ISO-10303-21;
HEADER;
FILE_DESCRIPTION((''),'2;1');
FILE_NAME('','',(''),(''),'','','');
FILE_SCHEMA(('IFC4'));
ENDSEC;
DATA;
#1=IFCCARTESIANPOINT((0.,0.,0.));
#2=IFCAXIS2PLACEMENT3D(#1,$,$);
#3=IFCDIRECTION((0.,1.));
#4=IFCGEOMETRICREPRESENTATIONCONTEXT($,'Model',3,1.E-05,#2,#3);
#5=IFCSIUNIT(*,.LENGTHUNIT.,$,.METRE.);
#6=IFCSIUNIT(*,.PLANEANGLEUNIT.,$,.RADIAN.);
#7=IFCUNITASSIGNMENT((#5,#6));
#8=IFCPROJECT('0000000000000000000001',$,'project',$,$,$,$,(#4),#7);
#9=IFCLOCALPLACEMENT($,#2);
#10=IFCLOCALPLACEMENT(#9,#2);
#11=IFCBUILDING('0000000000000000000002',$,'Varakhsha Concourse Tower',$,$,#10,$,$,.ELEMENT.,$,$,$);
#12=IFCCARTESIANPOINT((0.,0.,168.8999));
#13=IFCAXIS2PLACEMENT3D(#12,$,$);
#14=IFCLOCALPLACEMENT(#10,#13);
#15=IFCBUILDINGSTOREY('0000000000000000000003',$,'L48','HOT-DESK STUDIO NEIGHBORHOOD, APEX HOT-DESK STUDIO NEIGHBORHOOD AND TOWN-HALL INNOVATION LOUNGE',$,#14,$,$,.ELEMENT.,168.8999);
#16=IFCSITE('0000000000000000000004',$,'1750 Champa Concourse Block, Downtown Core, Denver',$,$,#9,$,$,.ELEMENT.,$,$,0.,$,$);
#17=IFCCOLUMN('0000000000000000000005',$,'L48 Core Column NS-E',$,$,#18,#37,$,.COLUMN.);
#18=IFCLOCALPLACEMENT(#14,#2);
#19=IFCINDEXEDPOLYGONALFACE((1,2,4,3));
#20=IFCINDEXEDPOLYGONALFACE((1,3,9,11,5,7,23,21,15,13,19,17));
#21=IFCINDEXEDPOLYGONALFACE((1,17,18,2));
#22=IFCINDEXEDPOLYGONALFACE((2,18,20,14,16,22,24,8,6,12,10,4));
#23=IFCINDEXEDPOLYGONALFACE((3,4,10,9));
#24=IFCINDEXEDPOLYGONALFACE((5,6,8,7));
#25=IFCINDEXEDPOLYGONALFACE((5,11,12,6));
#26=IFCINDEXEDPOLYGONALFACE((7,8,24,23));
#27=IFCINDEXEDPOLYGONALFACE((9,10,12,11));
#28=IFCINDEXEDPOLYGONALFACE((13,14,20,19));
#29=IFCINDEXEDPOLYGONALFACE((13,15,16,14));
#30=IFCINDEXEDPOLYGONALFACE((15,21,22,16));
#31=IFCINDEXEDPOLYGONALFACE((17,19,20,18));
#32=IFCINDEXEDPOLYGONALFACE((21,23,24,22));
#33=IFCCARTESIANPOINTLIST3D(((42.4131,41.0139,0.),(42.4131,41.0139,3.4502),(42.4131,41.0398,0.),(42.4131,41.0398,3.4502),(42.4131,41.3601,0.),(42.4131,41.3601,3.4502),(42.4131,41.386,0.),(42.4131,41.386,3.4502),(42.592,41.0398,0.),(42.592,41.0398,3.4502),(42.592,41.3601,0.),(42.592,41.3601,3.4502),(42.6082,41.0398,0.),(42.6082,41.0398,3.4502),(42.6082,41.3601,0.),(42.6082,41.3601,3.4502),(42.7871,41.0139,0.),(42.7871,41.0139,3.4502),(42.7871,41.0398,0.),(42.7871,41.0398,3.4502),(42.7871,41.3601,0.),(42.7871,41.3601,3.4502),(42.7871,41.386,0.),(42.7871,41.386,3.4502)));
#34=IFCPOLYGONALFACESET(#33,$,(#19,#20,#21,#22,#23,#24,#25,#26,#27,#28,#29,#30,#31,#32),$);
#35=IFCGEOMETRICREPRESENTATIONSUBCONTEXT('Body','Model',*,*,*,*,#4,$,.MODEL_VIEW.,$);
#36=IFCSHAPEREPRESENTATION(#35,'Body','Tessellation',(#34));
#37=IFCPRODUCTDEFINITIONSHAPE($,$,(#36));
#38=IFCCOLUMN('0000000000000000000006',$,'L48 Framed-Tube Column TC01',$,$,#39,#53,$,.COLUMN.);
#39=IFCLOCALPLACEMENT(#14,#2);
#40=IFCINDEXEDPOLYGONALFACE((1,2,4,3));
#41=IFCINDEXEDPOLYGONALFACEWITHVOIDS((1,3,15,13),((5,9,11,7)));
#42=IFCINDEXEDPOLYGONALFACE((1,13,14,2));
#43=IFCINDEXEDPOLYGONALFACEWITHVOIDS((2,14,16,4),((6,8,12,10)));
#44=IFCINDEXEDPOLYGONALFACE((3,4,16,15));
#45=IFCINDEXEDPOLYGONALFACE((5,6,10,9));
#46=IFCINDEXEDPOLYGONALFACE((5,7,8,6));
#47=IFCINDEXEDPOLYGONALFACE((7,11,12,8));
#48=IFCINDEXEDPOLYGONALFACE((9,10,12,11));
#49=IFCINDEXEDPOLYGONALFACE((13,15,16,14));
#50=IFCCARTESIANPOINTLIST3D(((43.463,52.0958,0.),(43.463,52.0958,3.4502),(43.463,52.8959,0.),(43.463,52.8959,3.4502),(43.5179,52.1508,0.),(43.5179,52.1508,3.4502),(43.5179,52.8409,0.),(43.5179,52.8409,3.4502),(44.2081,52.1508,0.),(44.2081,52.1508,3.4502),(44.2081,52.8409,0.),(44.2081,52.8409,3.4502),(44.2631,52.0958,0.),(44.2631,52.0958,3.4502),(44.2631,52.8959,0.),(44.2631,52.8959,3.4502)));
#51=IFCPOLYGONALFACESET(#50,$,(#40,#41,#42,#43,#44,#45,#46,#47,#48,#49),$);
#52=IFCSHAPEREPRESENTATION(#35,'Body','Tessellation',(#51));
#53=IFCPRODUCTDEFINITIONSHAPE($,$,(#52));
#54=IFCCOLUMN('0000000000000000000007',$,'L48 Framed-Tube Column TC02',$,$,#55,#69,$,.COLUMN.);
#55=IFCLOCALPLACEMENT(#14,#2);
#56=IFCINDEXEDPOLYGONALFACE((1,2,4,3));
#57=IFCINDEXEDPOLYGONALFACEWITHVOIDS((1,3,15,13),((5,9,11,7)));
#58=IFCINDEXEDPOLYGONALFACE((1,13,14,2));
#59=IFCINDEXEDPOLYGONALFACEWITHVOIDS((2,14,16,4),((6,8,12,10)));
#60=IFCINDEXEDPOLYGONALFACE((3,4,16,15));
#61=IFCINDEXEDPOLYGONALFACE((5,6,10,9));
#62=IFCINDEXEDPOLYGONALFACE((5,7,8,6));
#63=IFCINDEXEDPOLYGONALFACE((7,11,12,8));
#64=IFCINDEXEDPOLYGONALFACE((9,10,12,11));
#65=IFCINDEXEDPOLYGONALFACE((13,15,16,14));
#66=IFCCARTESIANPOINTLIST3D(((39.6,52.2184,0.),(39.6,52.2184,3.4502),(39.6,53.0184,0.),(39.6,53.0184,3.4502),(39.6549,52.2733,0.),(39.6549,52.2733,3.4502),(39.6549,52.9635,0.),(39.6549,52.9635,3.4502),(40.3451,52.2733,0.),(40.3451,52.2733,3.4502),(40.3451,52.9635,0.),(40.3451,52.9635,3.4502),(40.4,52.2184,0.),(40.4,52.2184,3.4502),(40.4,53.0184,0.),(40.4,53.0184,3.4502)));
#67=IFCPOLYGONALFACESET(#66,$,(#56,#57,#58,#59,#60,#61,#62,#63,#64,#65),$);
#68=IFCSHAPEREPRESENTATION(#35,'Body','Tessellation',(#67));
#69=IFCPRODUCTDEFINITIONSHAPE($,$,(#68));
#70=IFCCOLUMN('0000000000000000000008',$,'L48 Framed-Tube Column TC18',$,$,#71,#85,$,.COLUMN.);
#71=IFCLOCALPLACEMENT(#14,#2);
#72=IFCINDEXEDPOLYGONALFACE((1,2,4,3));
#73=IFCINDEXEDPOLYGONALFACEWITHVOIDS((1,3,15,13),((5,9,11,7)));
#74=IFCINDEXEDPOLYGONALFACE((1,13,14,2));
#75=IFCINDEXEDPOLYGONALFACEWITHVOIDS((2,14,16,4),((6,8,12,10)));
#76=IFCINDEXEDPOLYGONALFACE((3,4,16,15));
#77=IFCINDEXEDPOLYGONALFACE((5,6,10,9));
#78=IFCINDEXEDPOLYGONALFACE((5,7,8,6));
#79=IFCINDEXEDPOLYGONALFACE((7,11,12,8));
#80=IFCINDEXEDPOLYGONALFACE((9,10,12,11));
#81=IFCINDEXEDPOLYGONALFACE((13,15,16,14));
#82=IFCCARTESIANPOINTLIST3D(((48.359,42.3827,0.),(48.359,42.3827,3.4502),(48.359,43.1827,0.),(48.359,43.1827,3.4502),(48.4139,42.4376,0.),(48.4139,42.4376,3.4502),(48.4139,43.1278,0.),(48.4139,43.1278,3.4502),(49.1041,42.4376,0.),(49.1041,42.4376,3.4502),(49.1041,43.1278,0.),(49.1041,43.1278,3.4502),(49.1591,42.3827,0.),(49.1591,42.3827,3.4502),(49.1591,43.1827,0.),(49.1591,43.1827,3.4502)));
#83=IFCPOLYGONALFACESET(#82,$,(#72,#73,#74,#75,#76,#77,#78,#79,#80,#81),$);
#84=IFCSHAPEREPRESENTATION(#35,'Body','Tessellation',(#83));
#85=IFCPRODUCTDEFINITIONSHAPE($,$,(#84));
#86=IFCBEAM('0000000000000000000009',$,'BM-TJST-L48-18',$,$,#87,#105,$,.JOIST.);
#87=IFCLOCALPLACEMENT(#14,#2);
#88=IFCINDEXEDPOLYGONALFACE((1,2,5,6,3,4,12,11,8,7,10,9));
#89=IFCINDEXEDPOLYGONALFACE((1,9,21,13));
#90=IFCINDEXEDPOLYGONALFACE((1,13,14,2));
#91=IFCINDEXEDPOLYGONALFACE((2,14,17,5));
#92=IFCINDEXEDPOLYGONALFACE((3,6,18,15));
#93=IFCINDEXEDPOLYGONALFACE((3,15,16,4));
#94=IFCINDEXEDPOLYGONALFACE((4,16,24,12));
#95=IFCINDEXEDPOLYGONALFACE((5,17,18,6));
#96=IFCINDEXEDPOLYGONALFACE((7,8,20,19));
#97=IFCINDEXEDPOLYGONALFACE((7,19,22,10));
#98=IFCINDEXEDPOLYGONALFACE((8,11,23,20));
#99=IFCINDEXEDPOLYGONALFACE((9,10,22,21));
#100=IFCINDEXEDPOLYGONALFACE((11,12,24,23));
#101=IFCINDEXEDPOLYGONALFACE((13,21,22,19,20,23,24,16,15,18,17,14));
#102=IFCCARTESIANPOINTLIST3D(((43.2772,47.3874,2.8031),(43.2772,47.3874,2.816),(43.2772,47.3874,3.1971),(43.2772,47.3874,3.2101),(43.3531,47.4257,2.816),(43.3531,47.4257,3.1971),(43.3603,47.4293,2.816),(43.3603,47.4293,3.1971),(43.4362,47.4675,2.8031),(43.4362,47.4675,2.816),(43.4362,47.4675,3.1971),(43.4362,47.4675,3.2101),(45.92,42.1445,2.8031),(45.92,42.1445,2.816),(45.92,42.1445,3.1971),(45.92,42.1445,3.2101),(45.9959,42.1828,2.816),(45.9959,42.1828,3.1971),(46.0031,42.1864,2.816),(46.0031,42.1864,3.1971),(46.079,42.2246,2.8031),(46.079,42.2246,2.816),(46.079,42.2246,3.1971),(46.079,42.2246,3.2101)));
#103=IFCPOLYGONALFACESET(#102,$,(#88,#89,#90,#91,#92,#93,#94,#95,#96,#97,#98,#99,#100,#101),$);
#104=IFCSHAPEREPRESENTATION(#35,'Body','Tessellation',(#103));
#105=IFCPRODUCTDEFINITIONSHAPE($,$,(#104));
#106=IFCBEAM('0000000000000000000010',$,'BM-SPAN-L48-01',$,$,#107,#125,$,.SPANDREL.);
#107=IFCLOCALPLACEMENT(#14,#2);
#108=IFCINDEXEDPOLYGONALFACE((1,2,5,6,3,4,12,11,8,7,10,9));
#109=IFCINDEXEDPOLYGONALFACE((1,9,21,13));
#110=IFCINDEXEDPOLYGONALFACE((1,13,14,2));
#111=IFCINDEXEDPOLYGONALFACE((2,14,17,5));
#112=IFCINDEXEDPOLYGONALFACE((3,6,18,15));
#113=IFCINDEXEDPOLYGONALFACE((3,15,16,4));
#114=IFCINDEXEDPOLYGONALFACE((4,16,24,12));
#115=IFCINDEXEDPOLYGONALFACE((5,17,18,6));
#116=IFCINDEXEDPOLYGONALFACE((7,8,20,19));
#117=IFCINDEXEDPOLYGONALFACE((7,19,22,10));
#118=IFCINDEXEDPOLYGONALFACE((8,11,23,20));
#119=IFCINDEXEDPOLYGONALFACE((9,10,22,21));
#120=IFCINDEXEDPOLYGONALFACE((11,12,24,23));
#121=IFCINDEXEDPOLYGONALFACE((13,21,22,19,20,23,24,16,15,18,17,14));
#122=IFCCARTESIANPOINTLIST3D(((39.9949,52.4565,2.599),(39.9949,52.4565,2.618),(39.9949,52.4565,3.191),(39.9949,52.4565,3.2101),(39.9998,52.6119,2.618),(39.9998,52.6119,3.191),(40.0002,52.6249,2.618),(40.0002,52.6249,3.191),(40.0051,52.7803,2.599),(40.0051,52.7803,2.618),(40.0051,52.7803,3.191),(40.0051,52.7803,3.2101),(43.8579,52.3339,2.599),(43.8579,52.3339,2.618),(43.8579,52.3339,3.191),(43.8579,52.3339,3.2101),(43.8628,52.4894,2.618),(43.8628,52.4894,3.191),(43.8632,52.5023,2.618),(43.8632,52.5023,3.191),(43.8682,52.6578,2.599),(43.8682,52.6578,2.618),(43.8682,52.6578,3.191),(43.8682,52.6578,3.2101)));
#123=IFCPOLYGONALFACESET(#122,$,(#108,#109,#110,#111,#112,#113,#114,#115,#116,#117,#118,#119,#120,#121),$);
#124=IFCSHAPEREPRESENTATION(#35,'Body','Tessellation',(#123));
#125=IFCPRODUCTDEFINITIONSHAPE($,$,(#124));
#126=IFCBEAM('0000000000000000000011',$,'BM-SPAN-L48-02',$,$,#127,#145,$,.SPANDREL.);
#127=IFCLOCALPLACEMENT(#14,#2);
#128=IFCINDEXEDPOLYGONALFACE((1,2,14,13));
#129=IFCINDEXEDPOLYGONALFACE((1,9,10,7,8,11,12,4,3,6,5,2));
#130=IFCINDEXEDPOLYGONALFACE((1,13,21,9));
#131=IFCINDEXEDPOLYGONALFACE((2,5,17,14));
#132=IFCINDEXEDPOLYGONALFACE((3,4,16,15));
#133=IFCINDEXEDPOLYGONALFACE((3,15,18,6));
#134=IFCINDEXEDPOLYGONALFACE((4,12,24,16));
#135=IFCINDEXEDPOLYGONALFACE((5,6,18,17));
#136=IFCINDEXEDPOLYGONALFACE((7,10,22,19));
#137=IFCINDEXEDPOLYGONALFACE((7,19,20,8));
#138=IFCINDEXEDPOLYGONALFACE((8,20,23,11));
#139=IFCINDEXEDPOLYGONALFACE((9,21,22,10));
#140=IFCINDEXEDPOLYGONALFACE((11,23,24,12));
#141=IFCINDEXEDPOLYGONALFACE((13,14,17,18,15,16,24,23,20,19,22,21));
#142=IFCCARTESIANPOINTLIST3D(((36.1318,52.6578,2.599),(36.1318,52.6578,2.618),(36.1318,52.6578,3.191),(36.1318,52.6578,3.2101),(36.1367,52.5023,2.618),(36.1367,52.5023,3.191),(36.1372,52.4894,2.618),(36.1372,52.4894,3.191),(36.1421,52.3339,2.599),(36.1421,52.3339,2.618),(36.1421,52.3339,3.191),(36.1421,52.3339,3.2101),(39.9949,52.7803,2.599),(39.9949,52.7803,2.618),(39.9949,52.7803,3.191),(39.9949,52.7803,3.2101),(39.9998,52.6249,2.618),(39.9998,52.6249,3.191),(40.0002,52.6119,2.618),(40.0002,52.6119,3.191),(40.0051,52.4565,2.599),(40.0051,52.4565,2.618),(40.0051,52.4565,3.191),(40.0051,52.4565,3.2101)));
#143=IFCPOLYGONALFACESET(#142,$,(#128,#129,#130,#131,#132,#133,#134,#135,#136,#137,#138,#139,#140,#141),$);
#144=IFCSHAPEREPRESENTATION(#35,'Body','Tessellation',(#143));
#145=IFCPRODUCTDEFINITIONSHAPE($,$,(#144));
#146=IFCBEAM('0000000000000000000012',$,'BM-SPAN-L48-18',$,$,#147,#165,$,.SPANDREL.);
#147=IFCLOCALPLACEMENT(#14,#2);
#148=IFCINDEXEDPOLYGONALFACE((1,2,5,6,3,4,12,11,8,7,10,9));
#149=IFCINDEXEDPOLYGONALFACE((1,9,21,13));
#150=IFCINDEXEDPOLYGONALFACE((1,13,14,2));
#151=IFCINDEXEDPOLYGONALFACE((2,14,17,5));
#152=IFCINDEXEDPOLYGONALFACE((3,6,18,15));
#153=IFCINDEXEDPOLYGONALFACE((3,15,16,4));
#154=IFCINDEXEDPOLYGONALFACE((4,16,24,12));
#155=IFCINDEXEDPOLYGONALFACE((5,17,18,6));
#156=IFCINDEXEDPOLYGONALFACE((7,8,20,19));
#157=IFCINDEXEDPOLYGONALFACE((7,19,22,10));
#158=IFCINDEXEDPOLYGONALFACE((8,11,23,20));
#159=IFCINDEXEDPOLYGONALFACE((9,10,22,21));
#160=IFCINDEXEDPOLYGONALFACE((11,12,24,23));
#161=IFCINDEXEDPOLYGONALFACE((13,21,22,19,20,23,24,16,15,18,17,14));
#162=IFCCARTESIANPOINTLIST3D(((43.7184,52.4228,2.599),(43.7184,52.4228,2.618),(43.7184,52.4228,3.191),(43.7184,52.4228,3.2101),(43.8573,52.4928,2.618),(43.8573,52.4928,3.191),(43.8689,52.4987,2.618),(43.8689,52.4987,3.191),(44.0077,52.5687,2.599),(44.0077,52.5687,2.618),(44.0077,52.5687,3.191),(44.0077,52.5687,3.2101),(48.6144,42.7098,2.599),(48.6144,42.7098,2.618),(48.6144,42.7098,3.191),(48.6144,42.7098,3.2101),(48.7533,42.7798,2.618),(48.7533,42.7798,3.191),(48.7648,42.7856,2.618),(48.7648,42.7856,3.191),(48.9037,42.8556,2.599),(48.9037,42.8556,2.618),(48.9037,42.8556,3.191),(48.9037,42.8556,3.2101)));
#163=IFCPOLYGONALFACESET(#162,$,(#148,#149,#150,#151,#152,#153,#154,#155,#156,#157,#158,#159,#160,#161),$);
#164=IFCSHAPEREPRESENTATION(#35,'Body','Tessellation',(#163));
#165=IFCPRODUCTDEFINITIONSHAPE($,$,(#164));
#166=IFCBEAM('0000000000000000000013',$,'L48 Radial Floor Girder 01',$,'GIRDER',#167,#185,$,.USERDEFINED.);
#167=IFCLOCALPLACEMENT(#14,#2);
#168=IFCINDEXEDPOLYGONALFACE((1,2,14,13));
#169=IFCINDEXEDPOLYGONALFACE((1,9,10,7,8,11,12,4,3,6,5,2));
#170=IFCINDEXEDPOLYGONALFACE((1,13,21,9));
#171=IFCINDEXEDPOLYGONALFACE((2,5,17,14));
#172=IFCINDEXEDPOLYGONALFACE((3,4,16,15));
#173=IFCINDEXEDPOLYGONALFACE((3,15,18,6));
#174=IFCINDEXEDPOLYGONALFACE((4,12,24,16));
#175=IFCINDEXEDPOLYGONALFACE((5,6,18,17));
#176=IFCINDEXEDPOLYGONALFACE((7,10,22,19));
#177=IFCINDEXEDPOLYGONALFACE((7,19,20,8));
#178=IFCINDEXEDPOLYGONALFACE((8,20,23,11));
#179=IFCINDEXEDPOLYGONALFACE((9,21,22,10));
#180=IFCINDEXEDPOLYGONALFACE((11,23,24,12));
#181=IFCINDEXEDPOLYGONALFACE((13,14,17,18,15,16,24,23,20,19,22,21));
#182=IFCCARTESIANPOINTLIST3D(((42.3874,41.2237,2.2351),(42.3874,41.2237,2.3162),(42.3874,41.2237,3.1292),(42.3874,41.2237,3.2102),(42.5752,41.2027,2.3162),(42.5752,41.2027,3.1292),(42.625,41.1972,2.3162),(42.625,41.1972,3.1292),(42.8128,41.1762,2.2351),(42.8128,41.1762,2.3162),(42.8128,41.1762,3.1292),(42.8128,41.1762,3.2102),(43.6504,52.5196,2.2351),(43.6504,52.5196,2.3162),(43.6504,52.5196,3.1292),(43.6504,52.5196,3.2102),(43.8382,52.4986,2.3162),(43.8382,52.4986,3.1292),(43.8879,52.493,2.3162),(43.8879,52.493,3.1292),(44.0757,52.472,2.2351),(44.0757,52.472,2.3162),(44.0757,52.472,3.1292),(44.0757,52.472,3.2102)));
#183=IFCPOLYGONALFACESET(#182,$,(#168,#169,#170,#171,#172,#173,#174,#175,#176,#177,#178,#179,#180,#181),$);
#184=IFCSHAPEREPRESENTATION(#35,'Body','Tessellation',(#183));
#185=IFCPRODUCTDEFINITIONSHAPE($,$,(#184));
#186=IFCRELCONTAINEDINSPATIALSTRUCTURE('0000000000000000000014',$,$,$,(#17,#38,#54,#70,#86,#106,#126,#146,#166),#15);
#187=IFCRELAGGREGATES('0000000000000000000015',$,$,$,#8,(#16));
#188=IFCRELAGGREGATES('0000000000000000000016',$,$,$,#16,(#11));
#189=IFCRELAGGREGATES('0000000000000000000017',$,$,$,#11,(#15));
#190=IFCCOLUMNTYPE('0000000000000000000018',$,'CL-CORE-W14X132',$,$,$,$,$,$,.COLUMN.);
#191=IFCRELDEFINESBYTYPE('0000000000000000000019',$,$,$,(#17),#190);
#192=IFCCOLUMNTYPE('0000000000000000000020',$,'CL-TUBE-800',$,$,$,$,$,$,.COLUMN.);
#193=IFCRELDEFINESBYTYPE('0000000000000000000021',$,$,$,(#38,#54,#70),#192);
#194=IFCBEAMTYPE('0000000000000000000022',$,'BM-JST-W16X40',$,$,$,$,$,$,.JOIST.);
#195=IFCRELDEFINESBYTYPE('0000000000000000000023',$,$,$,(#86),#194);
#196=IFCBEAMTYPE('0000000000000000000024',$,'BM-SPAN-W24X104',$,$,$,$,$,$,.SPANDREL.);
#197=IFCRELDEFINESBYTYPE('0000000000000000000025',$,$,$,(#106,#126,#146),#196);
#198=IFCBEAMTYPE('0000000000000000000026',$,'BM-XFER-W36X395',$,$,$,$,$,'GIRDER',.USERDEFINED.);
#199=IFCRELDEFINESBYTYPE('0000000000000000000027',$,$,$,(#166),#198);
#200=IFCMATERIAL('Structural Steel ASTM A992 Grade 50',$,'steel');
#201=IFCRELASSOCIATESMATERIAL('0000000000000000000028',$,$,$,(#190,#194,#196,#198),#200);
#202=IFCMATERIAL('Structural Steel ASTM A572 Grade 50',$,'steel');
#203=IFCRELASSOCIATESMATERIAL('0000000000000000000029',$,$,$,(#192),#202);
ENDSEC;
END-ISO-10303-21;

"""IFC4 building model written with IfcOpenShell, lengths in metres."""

from ifc_helpers import new_model, si_unit, direction, frame, origin, origin_2d, place, context, subcontext, project, spatial, hollow_rectangle, i_section, extrude, material, material_profile, profile_set, type_object, element, save


model = new_model("IFC4")

# Units and contexts
model_context = context("Model", 3, precision=1e-05, world=origin(), true_north=direction((0.0, 1.0)))
body_context = subcontext(model_context, "Body", "Model", "MODEL_VIEW")
ifc_project = project(units=[si_unit("LENGTHUNIT", "METRE"), si_unit("PLANEANGLEUNIT", "RADIAN")], contexts=[model_context])

# Site, building, storey
site_placement = place(None, origin())
site = spatial("IfcSite", under=ifc_project, at=site_placement, Name="1750 Champa Concourse Block, Downtown Core, Denver", CompositionType="ELEMENT", RefElevation=0.0)
building_placement = place(site_placement, origin())
building = spatial("IfcBuilding", under=site, at=building_placement, Name="Varakhsha Concourse Tower", CompositionType="ELEMENT")
storey_placement = place(building_placement, frame((0.0, 0.0, 168.8999)))
storey = spatial("IfcBuildingStorey", under=building, at=storey_placement, Name="L48", Description="HOT-DESK STUDIO NEIGHBORHOOD, APEX HOT-DESK STUDIO NEIGHBORHOOD AND TOWN-HALL INNOVATION LOUNGE", CompositionType="ELEMENT", Elevation=168.8999)

# Columns
ifc_material_1 = material(Name="Structural Steel ASTM A992 Grade 50", Category="steel")
ifc_material_profile_1 = material_profile(ifc_material_1, i_section(OverallWidth=0.374, OverallDepth=0.3721, WebThickness=0.0161, FlangeThickness=0.0259, at=origin_2d()), Name="W14X132")
ifc_profile_set_1 = profile_set([ifc_material_profile_1], Name="Structural Steel ASTM A992 Grade 50")
column_type_1 = type_object("IfcColumnType", Name="CL-CORE-W14X132", PredefinedType="COLUMN", material=ifc_profile_set_1)
column_placement = place(storey_placement, frame((42.6001, 41.2, 0.0), z_axis=(0.0, 0.0, 1.0), x_axis=(1.0, 0.0, 0.0)))
element("IfcColumn", 1, at=column_placement, inside=storey, type_object=column_type_1, Name="L48 Core Column NS-E", PredefinedType="COLUMN", context=body_context, shape_type="SweptSolid", body=[
    extrude(i_section(OverallWidth=0.374, OverallDepth=0.3721, WebThickness=0.0161, FlangeThickness=0.0259, at=origin_2d()), origin(), (0.0, 0.0, 1.0), 3.4502),
])
ifc_material_2 = material(Name="Structural Steel ASTM A572 Grade 50", Category="steel")
ifc_material_profile_2 = material_profile(ifc_material_2, hollow_rectangle(XDim=0.8, YDim=0.8, WallThickness=0.0549, at=origin_2d()), Name="BOX 800x800x55")
ifc_profile_set_2 = profile_set([ifc_material_profile_2], Name="Structural Steel ASTM A572 Grade 50")
column_type_2 = type_object("IfcColumnType", Name="CL-TUBE-800", PredefinedType="COLUMN", material=ifc_profile_set_2)
for number, where, z_axis, x_axis, name in (
    (2, (43.863, 52.4958, 0.0), (0.0, 0.0, 1.0), (1.0, 0.0, 0.0), "L48 Framed-Tube Column TC01"),
    (3, (40.0, 52.6184, 0.0), (0.0, 0.0, 1.0), (1.0, 0.0, 0.0), "L48 Framed-Tube Column TC02"),
    (4, (48.759, 42.7827, 0.0), (0.0, 0.0, 1.0), (1.0, 0.0, 0.0), "L48 Framed-Tube Column TC18"),
):
    element("IfcColumn", number, at=place(storey_placement, frame(where, z_axis=z_axis, x_axis=x_axis)), inside=storey, type_object=column_type_2, Name=name, PredefinedType="COLUMN", context=body_context, shape_type="SweptSolid", body=[
        extrude(hollow_rectangle(XDim=0.8, YDim=0.8, WallThickness=0.0549, at=origin_2d()), origin(), (0.0, 0.0, 1.0), 3.4502),
    ])

# Beams
ifc_material_profile_3 = material_profile(ifc_material_1, i_section(OverallWidth=0.178, OverallDepth=0.407, WebThickness=0.0081, FlangeThickness=0.0129, at=origin_2d()), Name="W16X40")
ifc_profile_set_3 = profile_set([ifc_material_profile_3], Name="Structural Steel ASTM A992 Grade 50")
beam_type_1 = type_object("IfcBeamType", Name="BM-JST-W16X40", PredefinedType="JOIST", material=ifc_profile_set_3)
beam_1_placement = place(storey_placement, frame((45.9995, 42.1846, 3.0066), z_axis=(-0.450122, 0.892967, 0.0), x_axis=(-0.892967, -0.450122, 0.0)))
element("IfcBeam", 5, at=beam_1_placement, inside=storey, type_object=beam_type_1, Name="BM-TJST-L48-18", PredefinedType="JOIST", context=body_context, shape_type="SweptSolid", body=[
    extrude(i_section(OverallWidth=0.178, OverallDepth=0.407, WebThickness=0.0081, FlangeThickness=0.0129, at=origin_2d()), origin(), (0.0, 0.0, 1.0), 5.8713),
])
ifc_material_profile_4 = material_profile(ifc_material_1, i_section(OverallWidth=0.324, OverallDepth=0.6111, WebThickness=0.0129, FlangeThickness=0.019, at=origin_2d()), Name="W24X104")
ifc_profile_set_4 = profile_set([ifc_material_profile_4], Name="Structural Steel ASTM A992 Grade 50")
beam_type_2 = type_object("IfcBeamType", Name="BM-SPAN-W24X104", PredefinedType="SPANDREL", material=ifc_profile_set_4)
for number, where, z_axis, x_axis, name in (
    (6, (43.863, 52.4958, 2.9045), (-0.999497, 0.03171, 0.0), (-0.03171, -0.999497, 0.0), "BM-SPAN-L48-01"),
    (7, (40.0, 52.6184, 2.9045), (-0.999497, -0.03171, 0.0), (0.03171, -0.999497, 0.0), "BM-SPAN-L48-02"),
):
    element("IfcBeam", number, at=place(storey_placement, frame(where, z_axis=z_axis, x_axis=x_axis)), inside=storey, type_object=beam_type_2, Name=name, PredefinedType="SPANDREL", context=body_context, shape_type="SweptSolid", body=[
        extrude(i_section(OverallWidth=0.324, OverallDepth=0.6111, WebThickness=0.0129, FlangeThickness=0.019, at=origin_2d()), origin(), (0.0, 0.0, 1.0), 3.865),
    ])
beam_2_placement = place(storey_placement, frame((48.759, 42.7827, 2.9045), z_axis=(-0.450111, 0.892973, 0.0), x_axis=(-0.892973, -0.450111, 0.0)))
element("IfcBeam", 8, at=beam_2_placement, inside=storey, type_object=beam_type_2, Name="BM-SPAN-L48-18", PredefinedType="SPANDREL", context=body_context, shape_type="SweptSolid", body=[
    extrude(i_section(OverallWidth=0.324, OverallDepth=0.6111, WebThickness=0.0129, FlangeThickness=0.019, at=origin_2d()), origin(), (0.0, 0.0, 1.0), 10.8772),
])
ifc_material_profile_5 = material_profile(ifc_material_1, i_section(OverallWidth=0.428, OverallDepth=0.9751, WebThickness=0.05, FlangeThickness=0.0811, at=origin_2d()), Name="W36X395")
ifc_profile_set_5 = profile_set([ifc_material_profile_5], Name="Structural Steel ASTM A992 Grade 50")
beam_type_3 = type_object("IfcBeamType", Name="BM-XFER-W36X395", ElementType="GIRDER", PredefinedType="USERDEFINED", material=ifc_profile_set_5)
beam_3_placement = place(storey_placement, frame((42.6001, 41.2, 2.7227), z_axis=(0.111113, 0.993808, 0.0), x_axis=(-0.993808, 0.111113, 0.0)))
element("IfcBeam", 9, at=beam_3_placement, inside=storey, type_object=beam_type_3, Name="L48 Radial Floor Girder 01", ObjectType="GIRDER", PredefinedType="USERDEFINED", context=body_context, shape_type="SweptSolid", body=[
    extrude(i_section(OverallWidth=0.428, OverallDepth=0.9751, WebThickness=0.05, FlangeThickness=0.0811, at=origin_2d()), origin(), (0.0, 0.0, 1.0), 11.3662),
])

save(model, "model.ifc")
